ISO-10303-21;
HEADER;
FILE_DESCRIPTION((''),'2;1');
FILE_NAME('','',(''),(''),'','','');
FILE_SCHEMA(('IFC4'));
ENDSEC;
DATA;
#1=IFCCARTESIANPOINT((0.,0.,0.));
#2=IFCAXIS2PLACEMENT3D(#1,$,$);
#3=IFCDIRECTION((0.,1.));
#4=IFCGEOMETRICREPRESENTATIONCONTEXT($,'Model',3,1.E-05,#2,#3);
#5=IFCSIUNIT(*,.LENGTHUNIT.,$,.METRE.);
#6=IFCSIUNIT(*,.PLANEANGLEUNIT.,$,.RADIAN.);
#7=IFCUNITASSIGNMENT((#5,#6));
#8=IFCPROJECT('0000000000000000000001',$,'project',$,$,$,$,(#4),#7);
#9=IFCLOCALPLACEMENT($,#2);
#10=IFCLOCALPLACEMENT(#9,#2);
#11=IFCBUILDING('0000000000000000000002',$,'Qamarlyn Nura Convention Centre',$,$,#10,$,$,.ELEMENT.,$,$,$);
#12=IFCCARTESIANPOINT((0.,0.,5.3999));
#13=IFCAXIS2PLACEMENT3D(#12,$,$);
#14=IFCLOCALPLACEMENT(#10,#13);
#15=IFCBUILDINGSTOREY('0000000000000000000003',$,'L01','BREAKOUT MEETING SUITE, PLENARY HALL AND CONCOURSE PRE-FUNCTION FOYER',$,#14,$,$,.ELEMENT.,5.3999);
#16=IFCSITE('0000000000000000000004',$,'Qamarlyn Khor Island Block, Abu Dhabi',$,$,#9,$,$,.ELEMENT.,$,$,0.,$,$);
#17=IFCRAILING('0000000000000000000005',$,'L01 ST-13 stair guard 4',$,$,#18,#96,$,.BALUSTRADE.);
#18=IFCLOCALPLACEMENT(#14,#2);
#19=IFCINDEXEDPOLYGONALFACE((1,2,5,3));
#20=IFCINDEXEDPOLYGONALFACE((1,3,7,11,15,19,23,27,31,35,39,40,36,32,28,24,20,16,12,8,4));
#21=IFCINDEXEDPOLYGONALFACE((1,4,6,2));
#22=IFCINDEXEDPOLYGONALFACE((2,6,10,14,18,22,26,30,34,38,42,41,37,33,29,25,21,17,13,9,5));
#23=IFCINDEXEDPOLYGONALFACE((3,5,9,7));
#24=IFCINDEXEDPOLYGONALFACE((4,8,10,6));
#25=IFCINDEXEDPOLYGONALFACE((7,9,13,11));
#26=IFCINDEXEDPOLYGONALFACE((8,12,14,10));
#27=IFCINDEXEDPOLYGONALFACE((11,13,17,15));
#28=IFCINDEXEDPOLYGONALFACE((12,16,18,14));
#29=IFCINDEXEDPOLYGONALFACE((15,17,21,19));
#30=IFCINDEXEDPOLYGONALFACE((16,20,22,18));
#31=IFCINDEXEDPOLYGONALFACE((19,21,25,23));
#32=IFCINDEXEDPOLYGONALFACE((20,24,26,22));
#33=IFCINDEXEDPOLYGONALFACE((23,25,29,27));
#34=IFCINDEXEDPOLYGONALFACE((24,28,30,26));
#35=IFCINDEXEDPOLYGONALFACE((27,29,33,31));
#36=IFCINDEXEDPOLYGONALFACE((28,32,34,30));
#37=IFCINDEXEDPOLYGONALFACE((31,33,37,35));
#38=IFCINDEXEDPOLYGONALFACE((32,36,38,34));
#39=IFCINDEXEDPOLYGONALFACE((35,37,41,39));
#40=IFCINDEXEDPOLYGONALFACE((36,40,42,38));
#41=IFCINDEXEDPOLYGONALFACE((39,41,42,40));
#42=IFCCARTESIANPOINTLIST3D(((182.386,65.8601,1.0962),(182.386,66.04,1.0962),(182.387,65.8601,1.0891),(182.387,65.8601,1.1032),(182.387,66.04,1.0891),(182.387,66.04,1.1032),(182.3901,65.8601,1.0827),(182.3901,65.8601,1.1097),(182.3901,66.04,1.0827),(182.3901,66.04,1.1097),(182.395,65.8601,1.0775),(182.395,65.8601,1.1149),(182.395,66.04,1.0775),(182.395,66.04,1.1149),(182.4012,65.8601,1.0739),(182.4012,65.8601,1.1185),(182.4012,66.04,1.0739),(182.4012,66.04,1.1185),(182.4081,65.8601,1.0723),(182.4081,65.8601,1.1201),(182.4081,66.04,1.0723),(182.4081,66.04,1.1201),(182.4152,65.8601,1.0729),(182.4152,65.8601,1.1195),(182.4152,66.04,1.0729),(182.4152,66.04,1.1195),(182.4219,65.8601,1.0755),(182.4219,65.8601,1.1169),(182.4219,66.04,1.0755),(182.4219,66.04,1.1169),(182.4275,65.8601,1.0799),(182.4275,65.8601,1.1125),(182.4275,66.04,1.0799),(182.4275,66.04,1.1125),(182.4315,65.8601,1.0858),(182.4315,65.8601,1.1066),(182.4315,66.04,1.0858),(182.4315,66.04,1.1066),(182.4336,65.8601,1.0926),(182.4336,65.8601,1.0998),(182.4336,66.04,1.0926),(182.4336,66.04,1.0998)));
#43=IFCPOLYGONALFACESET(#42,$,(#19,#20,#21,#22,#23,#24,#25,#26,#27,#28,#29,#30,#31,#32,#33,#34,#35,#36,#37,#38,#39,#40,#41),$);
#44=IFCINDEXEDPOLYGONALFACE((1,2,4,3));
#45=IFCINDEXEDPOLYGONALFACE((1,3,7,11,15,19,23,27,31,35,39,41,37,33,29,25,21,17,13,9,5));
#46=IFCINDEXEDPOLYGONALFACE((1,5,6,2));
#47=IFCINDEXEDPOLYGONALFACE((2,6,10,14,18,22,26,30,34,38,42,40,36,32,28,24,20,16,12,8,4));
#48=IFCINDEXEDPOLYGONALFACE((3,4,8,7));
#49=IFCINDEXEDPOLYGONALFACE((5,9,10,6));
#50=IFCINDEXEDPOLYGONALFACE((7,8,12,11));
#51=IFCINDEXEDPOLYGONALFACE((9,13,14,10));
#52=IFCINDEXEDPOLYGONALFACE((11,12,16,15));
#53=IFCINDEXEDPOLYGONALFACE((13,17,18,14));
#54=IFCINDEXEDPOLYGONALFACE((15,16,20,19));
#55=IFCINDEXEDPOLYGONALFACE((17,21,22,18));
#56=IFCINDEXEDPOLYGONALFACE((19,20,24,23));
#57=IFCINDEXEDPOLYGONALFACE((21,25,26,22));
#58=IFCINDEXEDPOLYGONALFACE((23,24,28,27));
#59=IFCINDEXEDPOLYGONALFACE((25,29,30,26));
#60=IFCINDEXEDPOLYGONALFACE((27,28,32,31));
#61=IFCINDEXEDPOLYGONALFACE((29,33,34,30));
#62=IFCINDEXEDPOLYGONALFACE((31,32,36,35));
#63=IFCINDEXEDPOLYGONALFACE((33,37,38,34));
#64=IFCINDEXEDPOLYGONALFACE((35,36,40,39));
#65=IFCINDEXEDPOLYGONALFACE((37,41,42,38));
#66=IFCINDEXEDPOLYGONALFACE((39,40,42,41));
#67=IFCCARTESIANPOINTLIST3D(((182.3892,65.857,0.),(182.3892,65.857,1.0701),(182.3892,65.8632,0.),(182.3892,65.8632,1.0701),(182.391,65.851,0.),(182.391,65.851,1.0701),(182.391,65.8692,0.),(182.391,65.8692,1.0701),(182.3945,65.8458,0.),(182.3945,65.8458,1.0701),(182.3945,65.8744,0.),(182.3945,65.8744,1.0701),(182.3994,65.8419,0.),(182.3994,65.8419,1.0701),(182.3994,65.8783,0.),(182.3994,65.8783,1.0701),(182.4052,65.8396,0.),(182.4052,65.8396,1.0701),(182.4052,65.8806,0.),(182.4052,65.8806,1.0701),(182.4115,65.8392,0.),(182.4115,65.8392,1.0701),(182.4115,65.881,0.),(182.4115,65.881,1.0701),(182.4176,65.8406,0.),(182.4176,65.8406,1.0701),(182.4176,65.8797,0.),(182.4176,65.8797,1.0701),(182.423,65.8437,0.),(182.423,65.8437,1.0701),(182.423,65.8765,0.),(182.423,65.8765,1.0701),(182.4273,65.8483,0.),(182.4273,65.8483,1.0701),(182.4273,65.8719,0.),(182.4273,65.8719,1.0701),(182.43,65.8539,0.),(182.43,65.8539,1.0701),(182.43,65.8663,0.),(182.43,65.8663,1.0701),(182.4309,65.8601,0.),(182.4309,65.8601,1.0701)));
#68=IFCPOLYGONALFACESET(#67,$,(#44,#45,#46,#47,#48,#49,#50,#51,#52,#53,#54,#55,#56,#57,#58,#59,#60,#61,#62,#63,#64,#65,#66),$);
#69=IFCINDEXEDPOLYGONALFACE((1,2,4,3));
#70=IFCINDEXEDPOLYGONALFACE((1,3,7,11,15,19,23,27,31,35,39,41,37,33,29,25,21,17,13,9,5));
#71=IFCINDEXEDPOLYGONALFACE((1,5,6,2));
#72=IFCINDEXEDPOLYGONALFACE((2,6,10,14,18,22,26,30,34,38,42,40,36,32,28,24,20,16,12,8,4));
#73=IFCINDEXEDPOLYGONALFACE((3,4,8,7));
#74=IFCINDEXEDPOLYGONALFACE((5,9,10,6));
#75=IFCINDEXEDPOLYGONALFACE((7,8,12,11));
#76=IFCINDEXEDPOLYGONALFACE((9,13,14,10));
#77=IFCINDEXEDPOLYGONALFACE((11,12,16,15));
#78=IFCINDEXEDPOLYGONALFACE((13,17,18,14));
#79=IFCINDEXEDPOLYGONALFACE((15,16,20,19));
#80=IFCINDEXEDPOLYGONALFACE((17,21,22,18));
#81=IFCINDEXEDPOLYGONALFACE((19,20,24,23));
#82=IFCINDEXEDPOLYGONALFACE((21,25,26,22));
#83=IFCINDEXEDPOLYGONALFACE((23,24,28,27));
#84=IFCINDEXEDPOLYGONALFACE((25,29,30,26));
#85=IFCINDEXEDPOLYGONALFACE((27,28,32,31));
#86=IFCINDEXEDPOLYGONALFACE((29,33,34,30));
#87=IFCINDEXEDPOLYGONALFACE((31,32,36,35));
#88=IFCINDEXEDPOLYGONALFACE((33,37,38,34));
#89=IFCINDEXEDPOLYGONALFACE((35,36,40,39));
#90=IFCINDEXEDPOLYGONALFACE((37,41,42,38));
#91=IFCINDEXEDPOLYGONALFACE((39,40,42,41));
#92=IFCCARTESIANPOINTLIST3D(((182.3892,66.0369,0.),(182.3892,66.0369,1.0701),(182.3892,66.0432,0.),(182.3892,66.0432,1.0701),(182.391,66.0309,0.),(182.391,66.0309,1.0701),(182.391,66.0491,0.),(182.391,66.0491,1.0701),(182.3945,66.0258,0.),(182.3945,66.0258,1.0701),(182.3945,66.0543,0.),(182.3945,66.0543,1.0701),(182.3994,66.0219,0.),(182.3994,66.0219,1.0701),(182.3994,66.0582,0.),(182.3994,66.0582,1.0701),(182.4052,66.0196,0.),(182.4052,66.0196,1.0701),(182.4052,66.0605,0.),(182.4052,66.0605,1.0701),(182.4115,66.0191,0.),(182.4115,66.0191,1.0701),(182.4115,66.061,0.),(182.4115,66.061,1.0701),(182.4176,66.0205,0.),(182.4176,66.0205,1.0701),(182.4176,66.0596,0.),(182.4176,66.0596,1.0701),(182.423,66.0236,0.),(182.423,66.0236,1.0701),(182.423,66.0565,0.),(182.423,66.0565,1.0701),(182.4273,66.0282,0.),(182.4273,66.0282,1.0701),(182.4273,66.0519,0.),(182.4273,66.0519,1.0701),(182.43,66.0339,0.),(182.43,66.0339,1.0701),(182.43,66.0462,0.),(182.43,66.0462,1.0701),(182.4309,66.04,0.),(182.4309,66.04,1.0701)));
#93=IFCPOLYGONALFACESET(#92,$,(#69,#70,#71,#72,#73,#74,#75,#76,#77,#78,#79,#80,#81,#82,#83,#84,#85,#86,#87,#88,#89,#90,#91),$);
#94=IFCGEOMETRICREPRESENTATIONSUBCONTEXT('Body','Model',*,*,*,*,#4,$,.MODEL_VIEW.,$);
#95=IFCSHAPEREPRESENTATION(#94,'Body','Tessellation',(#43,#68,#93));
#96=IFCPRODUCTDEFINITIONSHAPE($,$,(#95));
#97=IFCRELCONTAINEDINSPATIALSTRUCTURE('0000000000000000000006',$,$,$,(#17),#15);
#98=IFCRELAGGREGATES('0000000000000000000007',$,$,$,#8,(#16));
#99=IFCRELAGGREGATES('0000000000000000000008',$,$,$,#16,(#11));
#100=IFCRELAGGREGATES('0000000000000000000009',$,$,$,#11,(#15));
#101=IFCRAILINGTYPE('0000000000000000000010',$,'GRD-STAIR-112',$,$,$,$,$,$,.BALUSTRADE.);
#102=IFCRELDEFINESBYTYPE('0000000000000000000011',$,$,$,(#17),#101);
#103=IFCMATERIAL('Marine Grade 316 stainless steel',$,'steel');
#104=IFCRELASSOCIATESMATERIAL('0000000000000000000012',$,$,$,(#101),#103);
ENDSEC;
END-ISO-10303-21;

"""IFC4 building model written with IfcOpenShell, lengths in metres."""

from ifc_helpers import new_model, si_unit, direction, frame, origin, origin_2d, place, context, subcontext, project, spatial, circle, extrude, material, type_object, element, save


model = new_model("IFC4")

# Units and contexts
model_context = context("Model", 3, precision=1e-05, world=origin(), true_north=direction((0.0, 1.0)))
body_context = subcontext(model_context, "Body", "Model", "MODEL_VIEW")
ifc_project = project(units=[si_unit("LENGTHUNIT", "METRE"), si_unit("PLANEANGLEUNIT", "RADIAN")], contexts=[model_context])

# Site, building, storey
site_placement = place(None, origin())
site = spatial("IfcSite", under=ifc_project, at=site_placement, Name="Qamarlyn Khor Island Block, Abu Dhabi", CompositionType="ELEMENT", RefElevation=0.0)
building_placement = place(site_placement, origin())
building = spatial("IfcBuilding", under=site, at=building_placement, Name="Qamarlyn Nura Convention Centre", CompositionType="ELEMENT")
storey_placement = place(building_placement, frame((0.0, 0.0, 5.3999)))
storey = spatial("IfcBuildingStorey", under=building, at=storey_placement, Name="L01", Description="BREAKOUT MEETING SUITE, PLENARY HALL AND CONCOURSE PRE-FUNCTION FOYER", CompositionType="ELEMENT", Elevation=5.3999)

# Shared definitions
ifc_material_1 = material(Name="Marine Grade 316 stainless steel", Category="steel")

# Railing
railing_type_1 = type_object("IfcRailingType", Name="GRD-STAIR-112", PredefinedType="BALUSTRADE", material=ifc_material_1)
railing_1_placement = place(storey_placement, frame((182.4099, 65.8601, 0.0)))
element("IfcRailing", 1, at=railing_1_placement, inside=storey, type_object=railing_type_1, Name="L01 ST-13 stair guard 4", PredefinedType="BALUSTRADE", context=body_context, shape_type="SweptSolid", body=[
    extrude(circle(Radius=0.0239, at=origin_2d()), frame((0.0, 0.0, 1.0962), z_axis=(0.0, 1.0, 0.0), x_axis=(-1.0, 0.0, 0.0)), (0.0, 0.0, 1.0), 0.1799),
    extrude(circle(Radius=0.021, at=origin_2d()), origin(), (0.0, 0.0, 1.0), 1.0701),
    extrude(circle(Radius=0.021, at=origin_2d()), frame((0.0, 0.1799, 0.0)), (0.0, 0.0, 1.0), 1.0701),
])

save(model, "model.ifc")
